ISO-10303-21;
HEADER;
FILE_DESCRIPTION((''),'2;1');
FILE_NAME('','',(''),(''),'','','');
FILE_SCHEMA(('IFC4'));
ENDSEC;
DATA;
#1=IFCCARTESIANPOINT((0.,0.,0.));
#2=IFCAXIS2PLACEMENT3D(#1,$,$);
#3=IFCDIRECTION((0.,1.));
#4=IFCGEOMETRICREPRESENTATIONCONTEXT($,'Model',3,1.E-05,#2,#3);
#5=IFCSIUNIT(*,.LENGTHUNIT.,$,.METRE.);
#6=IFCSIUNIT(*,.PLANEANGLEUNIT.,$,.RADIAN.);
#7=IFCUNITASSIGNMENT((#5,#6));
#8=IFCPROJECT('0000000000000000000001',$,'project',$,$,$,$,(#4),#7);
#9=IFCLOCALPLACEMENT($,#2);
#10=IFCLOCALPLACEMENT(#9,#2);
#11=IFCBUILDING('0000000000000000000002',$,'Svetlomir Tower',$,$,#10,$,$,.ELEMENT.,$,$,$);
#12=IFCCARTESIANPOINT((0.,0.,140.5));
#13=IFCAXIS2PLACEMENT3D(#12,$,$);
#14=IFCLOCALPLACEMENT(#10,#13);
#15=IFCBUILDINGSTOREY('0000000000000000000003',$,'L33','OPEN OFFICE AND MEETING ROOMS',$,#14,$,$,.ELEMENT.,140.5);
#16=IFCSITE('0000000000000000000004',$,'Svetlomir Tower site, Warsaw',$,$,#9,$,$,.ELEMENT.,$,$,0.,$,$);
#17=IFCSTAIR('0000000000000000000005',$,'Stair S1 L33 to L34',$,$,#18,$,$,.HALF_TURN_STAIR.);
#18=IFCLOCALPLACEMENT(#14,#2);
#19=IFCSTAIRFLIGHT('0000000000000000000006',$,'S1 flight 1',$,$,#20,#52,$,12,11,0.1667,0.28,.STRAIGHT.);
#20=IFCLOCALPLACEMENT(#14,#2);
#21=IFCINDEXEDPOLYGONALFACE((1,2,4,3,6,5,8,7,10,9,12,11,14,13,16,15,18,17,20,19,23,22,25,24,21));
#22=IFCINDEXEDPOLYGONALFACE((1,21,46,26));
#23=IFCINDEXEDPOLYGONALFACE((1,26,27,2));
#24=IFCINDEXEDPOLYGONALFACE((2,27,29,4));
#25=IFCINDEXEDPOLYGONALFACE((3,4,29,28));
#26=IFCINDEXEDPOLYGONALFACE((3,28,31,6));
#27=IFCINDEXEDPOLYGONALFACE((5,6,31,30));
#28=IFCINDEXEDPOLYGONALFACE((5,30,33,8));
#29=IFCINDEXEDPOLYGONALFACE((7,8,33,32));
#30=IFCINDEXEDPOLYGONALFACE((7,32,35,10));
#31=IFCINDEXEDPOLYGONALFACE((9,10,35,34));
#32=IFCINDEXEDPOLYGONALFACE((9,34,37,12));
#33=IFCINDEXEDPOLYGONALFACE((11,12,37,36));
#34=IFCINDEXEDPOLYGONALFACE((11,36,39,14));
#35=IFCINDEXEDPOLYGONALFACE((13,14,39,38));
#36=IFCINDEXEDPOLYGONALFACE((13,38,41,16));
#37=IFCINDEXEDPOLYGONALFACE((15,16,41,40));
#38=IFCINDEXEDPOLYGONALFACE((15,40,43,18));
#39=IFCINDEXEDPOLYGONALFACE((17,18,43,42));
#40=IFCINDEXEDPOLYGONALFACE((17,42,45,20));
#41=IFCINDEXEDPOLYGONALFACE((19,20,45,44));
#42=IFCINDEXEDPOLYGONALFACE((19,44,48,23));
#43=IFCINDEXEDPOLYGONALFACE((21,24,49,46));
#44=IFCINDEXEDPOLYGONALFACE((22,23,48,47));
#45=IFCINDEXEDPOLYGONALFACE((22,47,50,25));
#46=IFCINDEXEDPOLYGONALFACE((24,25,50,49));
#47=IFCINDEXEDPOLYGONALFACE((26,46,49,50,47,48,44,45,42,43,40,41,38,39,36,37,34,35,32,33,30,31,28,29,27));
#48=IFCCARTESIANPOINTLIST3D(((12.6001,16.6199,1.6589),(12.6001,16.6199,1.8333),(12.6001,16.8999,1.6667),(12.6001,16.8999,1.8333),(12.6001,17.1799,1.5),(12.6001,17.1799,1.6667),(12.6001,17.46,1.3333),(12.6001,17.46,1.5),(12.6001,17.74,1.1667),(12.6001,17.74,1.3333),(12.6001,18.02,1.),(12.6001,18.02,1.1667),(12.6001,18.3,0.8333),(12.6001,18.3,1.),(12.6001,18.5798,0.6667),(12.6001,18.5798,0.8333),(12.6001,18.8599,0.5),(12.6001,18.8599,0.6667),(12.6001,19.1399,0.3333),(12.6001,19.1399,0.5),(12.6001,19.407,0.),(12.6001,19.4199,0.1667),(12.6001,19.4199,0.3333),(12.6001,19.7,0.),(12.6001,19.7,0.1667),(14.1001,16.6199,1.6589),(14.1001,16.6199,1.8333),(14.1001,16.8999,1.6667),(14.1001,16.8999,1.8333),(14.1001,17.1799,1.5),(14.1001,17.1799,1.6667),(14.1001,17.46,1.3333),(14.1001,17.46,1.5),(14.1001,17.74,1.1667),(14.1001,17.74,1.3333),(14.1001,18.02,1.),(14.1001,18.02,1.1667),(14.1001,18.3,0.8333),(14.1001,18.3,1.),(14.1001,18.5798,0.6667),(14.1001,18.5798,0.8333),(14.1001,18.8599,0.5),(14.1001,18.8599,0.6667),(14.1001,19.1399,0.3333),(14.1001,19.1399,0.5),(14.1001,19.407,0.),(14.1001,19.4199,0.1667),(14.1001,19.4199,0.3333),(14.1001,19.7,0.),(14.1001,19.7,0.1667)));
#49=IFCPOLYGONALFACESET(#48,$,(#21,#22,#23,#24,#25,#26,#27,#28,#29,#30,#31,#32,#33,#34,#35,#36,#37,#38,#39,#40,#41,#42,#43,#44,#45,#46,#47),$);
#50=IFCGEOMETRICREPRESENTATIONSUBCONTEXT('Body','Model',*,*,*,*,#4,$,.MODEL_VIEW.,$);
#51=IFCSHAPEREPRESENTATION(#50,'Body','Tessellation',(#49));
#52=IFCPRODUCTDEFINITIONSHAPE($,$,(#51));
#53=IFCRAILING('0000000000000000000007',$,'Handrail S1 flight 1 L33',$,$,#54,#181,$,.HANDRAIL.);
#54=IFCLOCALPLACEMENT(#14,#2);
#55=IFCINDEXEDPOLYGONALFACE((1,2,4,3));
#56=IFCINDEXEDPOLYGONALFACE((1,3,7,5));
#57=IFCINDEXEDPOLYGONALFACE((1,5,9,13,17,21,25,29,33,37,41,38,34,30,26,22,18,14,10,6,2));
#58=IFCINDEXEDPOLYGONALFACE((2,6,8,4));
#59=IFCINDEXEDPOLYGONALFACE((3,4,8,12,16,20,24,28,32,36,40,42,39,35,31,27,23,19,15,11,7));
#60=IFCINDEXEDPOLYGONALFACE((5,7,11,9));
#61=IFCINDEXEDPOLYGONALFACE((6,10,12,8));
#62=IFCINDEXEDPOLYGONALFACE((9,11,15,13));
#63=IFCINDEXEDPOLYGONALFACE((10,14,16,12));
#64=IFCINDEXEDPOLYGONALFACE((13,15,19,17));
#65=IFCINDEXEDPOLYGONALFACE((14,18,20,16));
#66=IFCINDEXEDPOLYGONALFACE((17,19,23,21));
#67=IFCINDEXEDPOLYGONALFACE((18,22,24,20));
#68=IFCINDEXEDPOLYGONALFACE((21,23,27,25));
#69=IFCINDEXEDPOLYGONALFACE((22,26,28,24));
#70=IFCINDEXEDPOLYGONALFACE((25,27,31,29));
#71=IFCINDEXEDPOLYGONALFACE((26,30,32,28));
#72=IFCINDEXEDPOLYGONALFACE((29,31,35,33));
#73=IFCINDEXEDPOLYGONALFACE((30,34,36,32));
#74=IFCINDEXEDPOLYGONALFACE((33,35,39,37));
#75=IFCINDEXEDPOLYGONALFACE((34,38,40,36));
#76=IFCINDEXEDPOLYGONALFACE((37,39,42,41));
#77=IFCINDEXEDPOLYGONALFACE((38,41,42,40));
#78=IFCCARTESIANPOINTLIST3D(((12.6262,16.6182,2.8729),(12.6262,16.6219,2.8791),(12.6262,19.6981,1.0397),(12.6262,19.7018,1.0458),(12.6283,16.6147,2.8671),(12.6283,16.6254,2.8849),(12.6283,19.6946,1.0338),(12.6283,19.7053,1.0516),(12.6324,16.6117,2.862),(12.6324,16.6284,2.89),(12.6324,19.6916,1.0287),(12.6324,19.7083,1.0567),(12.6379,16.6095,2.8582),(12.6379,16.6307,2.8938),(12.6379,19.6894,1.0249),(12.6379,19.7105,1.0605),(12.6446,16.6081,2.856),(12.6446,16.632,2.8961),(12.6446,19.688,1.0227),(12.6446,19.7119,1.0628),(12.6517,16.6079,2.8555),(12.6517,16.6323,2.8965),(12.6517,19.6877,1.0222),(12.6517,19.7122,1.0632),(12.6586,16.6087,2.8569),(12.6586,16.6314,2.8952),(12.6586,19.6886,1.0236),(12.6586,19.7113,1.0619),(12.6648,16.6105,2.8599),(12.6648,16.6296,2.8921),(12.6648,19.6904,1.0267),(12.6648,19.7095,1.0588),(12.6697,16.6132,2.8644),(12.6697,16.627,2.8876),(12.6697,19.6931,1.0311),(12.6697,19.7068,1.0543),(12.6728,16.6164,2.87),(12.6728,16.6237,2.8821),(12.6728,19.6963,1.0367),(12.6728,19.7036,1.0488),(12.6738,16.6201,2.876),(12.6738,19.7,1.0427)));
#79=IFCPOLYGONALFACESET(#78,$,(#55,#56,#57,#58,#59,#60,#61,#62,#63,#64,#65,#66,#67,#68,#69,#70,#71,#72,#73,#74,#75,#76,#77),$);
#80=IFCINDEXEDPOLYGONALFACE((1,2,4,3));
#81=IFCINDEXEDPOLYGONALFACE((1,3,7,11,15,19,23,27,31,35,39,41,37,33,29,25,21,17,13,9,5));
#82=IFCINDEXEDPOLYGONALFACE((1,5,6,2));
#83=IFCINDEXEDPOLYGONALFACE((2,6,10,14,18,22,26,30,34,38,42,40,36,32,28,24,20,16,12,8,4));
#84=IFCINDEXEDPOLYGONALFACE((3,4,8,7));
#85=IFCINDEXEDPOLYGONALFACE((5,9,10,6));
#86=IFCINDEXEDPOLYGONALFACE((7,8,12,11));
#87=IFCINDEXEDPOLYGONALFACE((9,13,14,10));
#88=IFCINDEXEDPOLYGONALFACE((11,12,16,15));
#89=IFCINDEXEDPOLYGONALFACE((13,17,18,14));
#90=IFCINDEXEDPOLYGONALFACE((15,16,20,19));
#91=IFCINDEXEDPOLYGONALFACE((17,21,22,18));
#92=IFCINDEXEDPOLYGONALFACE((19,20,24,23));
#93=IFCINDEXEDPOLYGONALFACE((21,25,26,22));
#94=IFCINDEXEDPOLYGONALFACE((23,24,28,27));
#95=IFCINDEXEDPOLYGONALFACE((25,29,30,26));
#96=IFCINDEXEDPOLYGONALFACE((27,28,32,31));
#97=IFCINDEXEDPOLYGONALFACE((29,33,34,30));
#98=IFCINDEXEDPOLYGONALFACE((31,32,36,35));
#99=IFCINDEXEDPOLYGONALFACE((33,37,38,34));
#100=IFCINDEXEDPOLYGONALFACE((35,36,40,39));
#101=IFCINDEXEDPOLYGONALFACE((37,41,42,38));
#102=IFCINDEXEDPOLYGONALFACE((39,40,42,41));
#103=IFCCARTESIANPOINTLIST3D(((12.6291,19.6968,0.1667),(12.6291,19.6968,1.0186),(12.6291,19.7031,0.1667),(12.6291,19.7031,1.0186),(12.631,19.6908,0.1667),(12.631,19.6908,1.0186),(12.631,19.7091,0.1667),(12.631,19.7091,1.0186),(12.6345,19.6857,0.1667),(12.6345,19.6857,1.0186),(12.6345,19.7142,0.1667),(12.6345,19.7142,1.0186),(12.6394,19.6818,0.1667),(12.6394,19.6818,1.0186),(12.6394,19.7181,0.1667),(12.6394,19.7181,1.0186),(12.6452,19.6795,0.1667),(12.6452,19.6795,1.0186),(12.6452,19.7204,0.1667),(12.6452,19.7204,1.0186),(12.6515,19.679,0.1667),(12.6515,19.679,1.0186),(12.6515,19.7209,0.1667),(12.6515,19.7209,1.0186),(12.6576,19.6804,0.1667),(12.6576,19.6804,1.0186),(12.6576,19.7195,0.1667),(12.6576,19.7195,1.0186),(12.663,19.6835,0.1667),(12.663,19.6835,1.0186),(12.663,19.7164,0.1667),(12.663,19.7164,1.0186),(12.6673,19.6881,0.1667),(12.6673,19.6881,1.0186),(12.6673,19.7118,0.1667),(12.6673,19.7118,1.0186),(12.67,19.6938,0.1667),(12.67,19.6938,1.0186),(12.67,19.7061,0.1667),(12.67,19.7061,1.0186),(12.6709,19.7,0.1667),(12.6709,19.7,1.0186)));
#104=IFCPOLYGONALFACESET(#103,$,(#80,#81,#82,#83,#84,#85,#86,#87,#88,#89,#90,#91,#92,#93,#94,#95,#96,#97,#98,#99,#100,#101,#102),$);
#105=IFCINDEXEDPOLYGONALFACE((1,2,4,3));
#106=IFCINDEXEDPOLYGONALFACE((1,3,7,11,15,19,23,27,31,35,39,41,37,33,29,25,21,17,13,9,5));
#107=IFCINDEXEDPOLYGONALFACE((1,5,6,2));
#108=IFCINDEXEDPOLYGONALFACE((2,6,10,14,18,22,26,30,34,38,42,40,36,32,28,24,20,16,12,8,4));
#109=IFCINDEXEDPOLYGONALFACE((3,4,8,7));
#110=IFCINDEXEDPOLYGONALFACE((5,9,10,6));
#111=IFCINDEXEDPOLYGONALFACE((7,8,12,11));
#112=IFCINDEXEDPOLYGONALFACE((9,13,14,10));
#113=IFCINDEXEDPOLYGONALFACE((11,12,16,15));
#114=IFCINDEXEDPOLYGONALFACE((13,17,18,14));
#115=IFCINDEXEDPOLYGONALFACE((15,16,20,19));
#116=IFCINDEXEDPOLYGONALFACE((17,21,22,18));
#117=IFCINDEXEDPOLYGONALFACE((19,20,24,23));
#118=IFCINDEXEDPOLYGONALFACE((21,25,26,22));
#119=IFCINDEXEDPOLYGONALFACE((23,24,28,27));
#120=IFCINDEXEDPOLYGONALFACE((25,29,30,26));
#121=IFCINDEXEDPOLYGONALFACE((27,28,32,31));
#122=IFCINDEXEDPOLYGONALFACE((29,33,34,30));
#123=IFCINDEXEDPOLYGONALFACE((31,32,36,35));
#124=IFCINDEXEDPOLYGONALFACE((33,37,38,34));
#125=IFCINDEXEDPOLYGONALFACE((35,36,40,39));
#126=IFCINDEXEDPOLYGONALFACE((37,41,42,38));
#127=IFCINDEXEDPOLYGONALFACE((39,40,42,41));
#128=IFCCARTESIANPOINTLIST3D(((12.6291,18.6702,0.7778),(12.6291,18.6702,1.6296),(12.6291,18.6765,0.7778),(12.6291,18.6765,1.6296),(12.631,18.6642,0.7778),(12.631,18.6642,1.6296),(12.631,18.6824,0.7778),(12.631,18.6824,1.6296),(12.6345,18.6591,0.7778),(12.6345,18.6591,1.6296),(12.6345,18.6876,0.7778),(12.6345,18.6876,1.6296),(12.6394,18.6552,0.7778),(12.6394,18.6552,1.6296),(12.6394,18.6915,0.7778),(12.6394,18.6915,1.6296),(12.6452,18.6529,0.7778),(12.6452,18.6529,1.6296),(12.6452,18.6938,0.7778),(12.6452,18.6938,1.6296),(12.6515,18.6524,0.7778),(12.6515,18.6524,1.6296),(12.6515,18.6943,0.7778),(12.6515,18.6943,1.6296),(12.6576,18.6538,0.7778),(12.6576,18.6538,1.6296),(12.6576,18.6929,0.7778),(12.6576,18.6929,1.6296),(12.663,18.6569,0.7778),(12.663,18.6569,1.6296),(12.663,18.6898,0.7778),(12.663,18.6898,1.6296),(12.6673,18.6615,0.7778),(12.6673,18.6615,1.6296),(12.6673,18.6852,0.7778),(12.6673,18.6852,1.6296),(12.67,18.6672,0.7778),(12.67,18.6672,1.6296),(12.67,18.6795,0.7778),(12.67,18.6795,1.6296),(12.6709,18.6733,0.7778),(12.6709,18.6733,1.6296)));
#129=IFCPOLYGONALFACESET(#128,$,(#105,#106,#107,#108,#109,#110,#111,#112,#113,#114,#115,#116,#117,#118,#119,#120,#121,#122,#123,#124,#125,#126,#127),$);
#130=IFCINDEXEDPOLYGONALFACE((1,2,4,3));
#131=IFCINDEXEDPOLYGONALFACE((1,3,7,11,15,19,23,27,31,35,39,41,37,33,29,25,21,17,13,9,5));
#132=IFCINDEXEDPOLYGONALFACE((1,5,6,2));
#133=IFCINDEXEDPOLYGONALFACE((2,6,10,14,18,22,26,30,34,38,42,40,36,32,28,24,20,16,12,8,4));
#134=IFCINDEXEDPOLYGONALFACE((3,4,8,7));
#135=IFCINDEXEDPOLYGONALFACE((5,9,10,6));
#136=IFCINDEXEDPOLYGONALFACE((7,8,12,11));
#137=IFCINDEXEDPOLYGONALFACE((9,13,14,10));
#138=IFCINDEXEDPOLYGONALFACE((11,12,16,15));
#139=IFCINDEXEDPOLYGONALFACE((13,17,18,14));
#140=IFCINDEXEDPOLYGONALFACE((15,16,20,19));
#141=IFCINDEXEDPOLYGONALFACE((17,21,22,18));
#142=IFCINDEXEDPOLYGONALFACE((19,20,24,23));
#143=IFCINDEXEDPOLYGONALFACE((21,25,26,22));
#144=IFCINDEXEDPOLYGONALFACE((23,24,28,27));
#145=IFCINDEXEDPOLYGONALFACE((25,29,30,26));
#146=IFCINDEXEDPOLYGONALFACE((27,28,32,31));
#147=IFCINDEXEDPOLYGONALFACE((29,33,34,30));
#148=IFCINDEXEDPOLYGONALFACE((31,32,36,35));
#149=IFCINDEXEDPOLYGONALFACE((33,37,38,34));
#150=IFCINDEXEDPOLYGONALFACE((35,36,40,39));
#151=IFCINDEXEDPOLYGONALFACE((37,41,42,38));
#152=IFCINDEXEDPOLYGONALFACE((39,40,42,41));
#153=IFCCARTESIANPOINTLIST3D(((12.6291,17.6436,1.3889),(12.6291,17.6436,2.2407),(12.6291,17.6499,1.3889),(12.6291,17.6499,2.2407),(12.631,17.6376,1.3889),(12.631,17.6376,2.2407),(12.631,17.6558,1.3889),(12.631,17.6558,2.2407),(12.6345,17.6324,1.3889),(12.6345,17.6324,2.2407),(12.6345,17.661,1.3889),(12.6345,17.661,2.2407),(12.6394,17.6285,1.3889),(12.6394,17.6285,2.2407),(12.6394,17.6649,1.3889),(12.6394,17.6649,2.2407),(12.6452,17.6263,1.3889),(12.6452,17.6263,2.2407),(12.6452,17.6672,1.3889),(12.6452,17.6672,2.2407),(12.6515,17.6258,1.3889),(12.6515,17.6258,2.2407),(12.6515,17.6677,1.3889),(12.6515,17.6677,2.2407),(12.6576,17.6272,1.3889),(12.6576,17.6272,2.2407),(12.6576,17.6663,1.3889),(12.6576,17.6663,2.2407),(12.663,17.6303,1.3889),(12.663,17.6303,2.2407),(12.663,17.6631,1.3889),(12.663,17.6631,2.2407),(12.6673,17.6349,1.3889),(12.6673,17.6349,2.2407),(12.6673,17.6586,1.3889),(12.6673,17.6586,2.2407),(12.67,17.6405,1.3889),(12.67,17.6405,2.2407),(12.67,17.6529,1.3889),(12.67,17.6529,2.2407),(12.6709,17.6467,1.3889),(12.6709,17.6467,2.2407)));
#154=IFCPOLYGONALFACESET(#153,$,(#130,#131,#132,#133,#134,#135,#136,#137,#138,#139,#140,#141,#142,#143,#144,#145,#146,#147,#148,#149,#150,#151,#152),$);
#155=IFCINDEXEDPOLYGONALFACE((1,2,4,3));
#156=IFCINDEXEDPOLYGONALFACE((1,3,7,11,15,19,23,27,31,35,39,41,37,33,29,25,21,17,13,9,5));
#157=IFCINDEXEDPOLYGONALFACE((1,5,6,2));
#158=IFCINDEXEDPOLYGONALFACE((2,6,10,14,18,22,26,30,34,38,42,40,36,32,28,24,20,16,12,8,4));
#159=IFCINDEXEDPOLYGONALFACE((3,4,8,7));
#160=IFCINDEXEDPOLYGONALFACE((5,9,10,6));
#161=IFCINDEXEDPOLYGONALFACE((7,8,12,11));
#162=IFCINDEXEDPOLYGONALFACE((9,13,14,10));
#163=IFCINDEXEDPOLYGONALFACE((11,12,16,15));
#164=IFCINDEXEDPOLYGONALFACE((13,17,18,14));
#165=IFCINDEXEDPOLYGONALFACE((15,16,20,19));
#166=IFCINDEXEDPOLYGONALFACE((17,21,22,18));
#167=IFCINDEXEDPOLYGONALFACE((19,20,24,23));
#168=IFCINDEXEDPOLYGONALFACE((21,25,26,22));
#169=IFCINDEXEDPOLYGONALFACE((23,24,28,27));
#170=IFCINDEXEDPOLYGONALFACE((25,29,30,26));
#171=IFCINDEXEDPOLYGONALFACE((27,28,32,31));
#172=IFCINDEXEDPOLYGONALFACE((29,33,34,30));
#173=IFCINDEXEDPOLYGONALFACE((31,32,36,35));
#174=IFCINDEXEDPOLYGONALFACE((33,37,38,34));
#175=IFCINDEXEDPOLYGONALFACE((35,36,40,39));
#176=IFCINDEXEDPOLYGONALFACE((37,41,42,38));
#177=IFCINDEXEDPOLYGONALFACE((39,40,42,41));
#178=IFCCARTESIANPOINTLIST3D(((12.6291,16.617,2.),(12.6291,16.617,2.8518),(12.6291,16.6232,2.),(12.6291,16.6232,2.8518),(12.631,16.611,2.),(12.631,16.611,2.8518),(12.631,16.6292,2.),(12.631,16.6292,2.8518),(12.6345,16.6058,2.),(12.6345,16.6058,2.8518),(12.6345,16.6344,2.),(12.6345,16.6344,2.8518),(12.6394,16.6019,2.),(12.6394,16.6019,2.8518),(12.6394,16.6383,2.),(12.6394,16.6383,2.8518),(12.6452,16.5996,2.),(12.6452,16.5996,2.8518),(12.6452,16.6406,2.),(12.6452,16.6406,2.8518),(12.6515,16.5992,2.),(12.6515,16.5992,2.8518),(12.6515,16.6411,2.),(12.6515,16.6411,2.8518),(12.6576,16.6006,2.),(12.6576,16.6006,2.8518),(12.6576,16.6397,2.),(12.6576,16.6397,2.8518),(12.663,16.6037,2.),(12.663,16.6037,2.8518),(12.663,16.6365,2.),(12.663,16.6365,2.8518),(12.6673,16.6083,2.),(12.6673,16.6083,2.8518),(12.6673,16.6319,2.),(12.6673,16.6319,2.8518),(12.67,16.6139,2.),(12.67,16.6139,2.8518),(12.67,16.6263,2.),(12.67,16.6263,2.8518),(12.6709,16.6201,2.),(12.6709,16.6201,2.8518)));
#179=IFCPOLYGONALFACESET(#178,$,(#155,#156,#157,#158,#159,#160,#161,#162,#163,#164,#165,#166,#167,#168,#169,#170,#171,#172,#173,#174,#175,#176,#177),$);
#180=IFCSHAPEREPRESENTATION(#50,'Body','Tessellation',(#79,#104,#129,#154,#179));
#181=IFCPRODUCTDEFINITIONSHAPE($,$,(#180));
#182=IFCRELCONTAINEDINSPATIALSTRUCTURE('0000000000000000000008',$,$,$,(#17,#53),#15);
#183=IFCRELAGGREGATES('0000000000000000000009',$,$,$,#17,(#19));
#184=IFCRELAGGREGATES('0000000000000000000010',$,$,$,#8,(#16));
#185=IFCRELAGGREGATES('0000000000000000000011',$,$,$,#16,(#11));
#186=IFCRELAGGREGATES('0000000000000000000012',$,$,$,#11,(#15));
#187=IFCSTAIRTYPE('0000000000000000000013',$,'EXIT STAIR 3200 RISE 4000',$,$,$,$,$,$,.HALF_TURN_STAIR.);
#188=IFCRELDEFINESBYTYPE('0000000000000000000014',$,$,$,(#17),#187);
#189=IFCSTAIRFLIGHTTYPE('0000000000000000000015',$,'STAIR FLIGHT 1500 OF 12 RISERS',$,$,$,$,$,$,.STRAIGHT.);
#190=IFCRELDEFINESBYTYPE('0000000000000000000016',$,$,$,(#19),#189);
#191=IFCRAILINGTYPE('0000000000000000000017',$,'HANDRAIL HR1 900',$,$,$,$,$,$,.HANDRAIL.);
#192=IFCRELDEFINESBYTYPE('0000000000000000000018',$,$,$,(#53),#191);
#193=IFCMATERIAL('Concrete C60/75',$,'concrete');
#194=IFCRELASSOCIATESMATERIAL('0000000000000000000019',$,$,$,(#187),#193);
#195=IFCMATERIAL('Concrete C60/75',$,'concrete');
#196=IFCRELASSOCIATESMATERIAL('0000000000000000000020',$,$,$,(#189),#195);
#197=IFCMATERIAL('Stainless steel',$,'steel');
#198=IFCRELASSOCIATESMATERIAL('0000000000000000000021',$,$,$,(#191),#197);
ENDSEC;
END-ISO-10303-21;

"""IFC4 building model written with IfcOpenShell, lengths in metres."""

from ifc_helpers import new_model, si_unit, direction, frame, origin, origin_2d, place, context, subcontext, project, spatial, polyline, circle, outline, extrude, material, type_object, element, aggregate, save


model = new_model("IFC4")

# Units and contexts
model_context = context("Model", 3, precision=1e-05, world=origin(), true_north=direction((0.0, 1.0)))
body_context = subcontext(model_context, "Body", "Model", "MODEL_VIEW")
ifc_project = project(units=[si_unit("LENGTHUNIT", "METRE"), si_unit("PLANEANGLEUNIT", "RADIAN")], contexts=[model_context])

# Site, building, storey
site_placement = place(None, origin())
site = spatial("IfcSite", under=ifc_project, at=site_placement, Name="Svetlomir Tower site, Warsaw", CompositionType="ELEMENT", RefElevation=0.0)
building_placement = place(site_placement, origin())
building = spatial("IfcBuilding", under=site, at=building_placement, Name="Svetlomir Tower", CompositionType="ELEMENT")
storey_placement = place(building_placement, frame((0.0, 0.0, 140.5)))
storey = spatial("IfcBuildingStorey", under=building, at=storey_placement, Name="L33", Description="OPEN OFFICE AND MEETING ROOMS", CompositionType="ELEMENT", Elevation=140.5)

# Stair, stair flight
ifc_material_1 = material(Name="Concrete C60/75", Category="concrete")
stair_type = type_object("IfcStairType", Name="EXIT STAIR 3200 RISE 4000", PredefinedType="HALF_TURN_STAIR", material=ifc_material_1)
stair_placement = place(storey_placement, origin())
stair = element("IfcStair", 1, at=stair_placement, inside=storey, type_object=stair_type, Name="Stair S1 L33 to L34", PredefinedType="HALF_TURN_STAIR")
ifc_material_2 = material(Name="Concrete C60/75", Category="concrete")
stair_flight_type = type_object("IfcStairFlightType", Name="STAIR FLIGHT 1500 OF 12 RISERS", PredefinedType="STRAIGHT", material=ifc_material_2)
stair_flight_placement = place(storey_placement, frame((13.3501, 19.7, 0.0), z_axis=(0.0, 0.0, 1.0), x_axis=(0.0, -1.0, 0.0)))
stair_flight = element("IfcStairFlight", 2, at=stair_flight_placement, type_object=stair_flight_type, Name="S1 flight 1", NumberOfRisers=12, NumberOfTreads=11, PredefinedType="STRAIGHT", RiserHeight=0.1667, TreadLength=0.28, context=body_context, shape_type="SweptSolid", body=[
    extrude(outline(polyline([(0.0, 0.0), (0.0, 0.1667), (0.28, 0.1667), (0.28, 0.3333), (0.5601, 0.3333), (0.5601, 0.5), (0.8401, 0.5), (0.8401, 0.6667), (1.1201, 0.6667), (1.1201, 0.8333), (1.3999, 0.8333), (1.3999, 1.0), (1.6799, 1.0), (1.6799, 1.1667), (1.96, 1.1667), (1.96, 1.3333), (2.24, 1.3333), (2.24, 1.5), (2.52, 1.5), (2.52, 1.6667), (2.8, 1.6667), (2.8, 1.8333), (3.0801, 1.8333), (3.0801, 2.0), (3.0801, 1.6589), (0.293, 0.0), (0.0, 0.0)])), frame((0.0, 0.75, 0.0), z_axis=(0.0, -1.0, 0.0), x_axis=(1.0, 0.0, 0.0)), (0.0, 0.0, 1.0), 1.5),
])
aggregate(stair, [stair_flight])

# Railing
ifc_material_3 = material(Name="Stainless steel", Category="steel")
railing_type = type_object("IfcRailingType", Name="HANDRAIL HR1 900", PredefinedType="HANDRAIL", material=ifc_material_3)
railing_placement = place(storey_placement, frame((12.6499, 19.7, 0.1667)))
element("IfcRailing", 3, at=railing_placement, inside=storey, type_object=railing_type, Name="Handrail S1 flight 1 L33", PredefinedType="HANDRAIL", context=body_context, shape_type="SweptSolid", body=[
    extrude(circle(Radius=0.0239, at=origin_2d()), frame((0.0, 0.0, 0.876), z_axis=(0.0, -0.859291, 0.511487), x_axis=(1.0, 0.0, 0.0)), (0.0, 0.0, 1.0), 3.5842),
    extrude(circle(Radius=0.021, at=origin_2d()), origin(), (0.0, 0.0, 1.0), 0.8518),
    extrude(circle(Radius=0.021, at=origin_2d()), frame((0.0, -1.0266, 0.6111)), (0.0, 0.0, 1.0), 0.8518),
    extrude(circle(Radius=0.021, at=origin_2d()), frame((0.0, -2.0532, 1.2222)), (0.0, 0.0, 1.0), 0.8518),
    extrude(circle(Radius=0.021, at=origin_2d()), frame((0.0, -3.0798, 1.8333)), (0.0, 0.0, 1.0), 0.8518),
])

save(model, "model.ifc")
